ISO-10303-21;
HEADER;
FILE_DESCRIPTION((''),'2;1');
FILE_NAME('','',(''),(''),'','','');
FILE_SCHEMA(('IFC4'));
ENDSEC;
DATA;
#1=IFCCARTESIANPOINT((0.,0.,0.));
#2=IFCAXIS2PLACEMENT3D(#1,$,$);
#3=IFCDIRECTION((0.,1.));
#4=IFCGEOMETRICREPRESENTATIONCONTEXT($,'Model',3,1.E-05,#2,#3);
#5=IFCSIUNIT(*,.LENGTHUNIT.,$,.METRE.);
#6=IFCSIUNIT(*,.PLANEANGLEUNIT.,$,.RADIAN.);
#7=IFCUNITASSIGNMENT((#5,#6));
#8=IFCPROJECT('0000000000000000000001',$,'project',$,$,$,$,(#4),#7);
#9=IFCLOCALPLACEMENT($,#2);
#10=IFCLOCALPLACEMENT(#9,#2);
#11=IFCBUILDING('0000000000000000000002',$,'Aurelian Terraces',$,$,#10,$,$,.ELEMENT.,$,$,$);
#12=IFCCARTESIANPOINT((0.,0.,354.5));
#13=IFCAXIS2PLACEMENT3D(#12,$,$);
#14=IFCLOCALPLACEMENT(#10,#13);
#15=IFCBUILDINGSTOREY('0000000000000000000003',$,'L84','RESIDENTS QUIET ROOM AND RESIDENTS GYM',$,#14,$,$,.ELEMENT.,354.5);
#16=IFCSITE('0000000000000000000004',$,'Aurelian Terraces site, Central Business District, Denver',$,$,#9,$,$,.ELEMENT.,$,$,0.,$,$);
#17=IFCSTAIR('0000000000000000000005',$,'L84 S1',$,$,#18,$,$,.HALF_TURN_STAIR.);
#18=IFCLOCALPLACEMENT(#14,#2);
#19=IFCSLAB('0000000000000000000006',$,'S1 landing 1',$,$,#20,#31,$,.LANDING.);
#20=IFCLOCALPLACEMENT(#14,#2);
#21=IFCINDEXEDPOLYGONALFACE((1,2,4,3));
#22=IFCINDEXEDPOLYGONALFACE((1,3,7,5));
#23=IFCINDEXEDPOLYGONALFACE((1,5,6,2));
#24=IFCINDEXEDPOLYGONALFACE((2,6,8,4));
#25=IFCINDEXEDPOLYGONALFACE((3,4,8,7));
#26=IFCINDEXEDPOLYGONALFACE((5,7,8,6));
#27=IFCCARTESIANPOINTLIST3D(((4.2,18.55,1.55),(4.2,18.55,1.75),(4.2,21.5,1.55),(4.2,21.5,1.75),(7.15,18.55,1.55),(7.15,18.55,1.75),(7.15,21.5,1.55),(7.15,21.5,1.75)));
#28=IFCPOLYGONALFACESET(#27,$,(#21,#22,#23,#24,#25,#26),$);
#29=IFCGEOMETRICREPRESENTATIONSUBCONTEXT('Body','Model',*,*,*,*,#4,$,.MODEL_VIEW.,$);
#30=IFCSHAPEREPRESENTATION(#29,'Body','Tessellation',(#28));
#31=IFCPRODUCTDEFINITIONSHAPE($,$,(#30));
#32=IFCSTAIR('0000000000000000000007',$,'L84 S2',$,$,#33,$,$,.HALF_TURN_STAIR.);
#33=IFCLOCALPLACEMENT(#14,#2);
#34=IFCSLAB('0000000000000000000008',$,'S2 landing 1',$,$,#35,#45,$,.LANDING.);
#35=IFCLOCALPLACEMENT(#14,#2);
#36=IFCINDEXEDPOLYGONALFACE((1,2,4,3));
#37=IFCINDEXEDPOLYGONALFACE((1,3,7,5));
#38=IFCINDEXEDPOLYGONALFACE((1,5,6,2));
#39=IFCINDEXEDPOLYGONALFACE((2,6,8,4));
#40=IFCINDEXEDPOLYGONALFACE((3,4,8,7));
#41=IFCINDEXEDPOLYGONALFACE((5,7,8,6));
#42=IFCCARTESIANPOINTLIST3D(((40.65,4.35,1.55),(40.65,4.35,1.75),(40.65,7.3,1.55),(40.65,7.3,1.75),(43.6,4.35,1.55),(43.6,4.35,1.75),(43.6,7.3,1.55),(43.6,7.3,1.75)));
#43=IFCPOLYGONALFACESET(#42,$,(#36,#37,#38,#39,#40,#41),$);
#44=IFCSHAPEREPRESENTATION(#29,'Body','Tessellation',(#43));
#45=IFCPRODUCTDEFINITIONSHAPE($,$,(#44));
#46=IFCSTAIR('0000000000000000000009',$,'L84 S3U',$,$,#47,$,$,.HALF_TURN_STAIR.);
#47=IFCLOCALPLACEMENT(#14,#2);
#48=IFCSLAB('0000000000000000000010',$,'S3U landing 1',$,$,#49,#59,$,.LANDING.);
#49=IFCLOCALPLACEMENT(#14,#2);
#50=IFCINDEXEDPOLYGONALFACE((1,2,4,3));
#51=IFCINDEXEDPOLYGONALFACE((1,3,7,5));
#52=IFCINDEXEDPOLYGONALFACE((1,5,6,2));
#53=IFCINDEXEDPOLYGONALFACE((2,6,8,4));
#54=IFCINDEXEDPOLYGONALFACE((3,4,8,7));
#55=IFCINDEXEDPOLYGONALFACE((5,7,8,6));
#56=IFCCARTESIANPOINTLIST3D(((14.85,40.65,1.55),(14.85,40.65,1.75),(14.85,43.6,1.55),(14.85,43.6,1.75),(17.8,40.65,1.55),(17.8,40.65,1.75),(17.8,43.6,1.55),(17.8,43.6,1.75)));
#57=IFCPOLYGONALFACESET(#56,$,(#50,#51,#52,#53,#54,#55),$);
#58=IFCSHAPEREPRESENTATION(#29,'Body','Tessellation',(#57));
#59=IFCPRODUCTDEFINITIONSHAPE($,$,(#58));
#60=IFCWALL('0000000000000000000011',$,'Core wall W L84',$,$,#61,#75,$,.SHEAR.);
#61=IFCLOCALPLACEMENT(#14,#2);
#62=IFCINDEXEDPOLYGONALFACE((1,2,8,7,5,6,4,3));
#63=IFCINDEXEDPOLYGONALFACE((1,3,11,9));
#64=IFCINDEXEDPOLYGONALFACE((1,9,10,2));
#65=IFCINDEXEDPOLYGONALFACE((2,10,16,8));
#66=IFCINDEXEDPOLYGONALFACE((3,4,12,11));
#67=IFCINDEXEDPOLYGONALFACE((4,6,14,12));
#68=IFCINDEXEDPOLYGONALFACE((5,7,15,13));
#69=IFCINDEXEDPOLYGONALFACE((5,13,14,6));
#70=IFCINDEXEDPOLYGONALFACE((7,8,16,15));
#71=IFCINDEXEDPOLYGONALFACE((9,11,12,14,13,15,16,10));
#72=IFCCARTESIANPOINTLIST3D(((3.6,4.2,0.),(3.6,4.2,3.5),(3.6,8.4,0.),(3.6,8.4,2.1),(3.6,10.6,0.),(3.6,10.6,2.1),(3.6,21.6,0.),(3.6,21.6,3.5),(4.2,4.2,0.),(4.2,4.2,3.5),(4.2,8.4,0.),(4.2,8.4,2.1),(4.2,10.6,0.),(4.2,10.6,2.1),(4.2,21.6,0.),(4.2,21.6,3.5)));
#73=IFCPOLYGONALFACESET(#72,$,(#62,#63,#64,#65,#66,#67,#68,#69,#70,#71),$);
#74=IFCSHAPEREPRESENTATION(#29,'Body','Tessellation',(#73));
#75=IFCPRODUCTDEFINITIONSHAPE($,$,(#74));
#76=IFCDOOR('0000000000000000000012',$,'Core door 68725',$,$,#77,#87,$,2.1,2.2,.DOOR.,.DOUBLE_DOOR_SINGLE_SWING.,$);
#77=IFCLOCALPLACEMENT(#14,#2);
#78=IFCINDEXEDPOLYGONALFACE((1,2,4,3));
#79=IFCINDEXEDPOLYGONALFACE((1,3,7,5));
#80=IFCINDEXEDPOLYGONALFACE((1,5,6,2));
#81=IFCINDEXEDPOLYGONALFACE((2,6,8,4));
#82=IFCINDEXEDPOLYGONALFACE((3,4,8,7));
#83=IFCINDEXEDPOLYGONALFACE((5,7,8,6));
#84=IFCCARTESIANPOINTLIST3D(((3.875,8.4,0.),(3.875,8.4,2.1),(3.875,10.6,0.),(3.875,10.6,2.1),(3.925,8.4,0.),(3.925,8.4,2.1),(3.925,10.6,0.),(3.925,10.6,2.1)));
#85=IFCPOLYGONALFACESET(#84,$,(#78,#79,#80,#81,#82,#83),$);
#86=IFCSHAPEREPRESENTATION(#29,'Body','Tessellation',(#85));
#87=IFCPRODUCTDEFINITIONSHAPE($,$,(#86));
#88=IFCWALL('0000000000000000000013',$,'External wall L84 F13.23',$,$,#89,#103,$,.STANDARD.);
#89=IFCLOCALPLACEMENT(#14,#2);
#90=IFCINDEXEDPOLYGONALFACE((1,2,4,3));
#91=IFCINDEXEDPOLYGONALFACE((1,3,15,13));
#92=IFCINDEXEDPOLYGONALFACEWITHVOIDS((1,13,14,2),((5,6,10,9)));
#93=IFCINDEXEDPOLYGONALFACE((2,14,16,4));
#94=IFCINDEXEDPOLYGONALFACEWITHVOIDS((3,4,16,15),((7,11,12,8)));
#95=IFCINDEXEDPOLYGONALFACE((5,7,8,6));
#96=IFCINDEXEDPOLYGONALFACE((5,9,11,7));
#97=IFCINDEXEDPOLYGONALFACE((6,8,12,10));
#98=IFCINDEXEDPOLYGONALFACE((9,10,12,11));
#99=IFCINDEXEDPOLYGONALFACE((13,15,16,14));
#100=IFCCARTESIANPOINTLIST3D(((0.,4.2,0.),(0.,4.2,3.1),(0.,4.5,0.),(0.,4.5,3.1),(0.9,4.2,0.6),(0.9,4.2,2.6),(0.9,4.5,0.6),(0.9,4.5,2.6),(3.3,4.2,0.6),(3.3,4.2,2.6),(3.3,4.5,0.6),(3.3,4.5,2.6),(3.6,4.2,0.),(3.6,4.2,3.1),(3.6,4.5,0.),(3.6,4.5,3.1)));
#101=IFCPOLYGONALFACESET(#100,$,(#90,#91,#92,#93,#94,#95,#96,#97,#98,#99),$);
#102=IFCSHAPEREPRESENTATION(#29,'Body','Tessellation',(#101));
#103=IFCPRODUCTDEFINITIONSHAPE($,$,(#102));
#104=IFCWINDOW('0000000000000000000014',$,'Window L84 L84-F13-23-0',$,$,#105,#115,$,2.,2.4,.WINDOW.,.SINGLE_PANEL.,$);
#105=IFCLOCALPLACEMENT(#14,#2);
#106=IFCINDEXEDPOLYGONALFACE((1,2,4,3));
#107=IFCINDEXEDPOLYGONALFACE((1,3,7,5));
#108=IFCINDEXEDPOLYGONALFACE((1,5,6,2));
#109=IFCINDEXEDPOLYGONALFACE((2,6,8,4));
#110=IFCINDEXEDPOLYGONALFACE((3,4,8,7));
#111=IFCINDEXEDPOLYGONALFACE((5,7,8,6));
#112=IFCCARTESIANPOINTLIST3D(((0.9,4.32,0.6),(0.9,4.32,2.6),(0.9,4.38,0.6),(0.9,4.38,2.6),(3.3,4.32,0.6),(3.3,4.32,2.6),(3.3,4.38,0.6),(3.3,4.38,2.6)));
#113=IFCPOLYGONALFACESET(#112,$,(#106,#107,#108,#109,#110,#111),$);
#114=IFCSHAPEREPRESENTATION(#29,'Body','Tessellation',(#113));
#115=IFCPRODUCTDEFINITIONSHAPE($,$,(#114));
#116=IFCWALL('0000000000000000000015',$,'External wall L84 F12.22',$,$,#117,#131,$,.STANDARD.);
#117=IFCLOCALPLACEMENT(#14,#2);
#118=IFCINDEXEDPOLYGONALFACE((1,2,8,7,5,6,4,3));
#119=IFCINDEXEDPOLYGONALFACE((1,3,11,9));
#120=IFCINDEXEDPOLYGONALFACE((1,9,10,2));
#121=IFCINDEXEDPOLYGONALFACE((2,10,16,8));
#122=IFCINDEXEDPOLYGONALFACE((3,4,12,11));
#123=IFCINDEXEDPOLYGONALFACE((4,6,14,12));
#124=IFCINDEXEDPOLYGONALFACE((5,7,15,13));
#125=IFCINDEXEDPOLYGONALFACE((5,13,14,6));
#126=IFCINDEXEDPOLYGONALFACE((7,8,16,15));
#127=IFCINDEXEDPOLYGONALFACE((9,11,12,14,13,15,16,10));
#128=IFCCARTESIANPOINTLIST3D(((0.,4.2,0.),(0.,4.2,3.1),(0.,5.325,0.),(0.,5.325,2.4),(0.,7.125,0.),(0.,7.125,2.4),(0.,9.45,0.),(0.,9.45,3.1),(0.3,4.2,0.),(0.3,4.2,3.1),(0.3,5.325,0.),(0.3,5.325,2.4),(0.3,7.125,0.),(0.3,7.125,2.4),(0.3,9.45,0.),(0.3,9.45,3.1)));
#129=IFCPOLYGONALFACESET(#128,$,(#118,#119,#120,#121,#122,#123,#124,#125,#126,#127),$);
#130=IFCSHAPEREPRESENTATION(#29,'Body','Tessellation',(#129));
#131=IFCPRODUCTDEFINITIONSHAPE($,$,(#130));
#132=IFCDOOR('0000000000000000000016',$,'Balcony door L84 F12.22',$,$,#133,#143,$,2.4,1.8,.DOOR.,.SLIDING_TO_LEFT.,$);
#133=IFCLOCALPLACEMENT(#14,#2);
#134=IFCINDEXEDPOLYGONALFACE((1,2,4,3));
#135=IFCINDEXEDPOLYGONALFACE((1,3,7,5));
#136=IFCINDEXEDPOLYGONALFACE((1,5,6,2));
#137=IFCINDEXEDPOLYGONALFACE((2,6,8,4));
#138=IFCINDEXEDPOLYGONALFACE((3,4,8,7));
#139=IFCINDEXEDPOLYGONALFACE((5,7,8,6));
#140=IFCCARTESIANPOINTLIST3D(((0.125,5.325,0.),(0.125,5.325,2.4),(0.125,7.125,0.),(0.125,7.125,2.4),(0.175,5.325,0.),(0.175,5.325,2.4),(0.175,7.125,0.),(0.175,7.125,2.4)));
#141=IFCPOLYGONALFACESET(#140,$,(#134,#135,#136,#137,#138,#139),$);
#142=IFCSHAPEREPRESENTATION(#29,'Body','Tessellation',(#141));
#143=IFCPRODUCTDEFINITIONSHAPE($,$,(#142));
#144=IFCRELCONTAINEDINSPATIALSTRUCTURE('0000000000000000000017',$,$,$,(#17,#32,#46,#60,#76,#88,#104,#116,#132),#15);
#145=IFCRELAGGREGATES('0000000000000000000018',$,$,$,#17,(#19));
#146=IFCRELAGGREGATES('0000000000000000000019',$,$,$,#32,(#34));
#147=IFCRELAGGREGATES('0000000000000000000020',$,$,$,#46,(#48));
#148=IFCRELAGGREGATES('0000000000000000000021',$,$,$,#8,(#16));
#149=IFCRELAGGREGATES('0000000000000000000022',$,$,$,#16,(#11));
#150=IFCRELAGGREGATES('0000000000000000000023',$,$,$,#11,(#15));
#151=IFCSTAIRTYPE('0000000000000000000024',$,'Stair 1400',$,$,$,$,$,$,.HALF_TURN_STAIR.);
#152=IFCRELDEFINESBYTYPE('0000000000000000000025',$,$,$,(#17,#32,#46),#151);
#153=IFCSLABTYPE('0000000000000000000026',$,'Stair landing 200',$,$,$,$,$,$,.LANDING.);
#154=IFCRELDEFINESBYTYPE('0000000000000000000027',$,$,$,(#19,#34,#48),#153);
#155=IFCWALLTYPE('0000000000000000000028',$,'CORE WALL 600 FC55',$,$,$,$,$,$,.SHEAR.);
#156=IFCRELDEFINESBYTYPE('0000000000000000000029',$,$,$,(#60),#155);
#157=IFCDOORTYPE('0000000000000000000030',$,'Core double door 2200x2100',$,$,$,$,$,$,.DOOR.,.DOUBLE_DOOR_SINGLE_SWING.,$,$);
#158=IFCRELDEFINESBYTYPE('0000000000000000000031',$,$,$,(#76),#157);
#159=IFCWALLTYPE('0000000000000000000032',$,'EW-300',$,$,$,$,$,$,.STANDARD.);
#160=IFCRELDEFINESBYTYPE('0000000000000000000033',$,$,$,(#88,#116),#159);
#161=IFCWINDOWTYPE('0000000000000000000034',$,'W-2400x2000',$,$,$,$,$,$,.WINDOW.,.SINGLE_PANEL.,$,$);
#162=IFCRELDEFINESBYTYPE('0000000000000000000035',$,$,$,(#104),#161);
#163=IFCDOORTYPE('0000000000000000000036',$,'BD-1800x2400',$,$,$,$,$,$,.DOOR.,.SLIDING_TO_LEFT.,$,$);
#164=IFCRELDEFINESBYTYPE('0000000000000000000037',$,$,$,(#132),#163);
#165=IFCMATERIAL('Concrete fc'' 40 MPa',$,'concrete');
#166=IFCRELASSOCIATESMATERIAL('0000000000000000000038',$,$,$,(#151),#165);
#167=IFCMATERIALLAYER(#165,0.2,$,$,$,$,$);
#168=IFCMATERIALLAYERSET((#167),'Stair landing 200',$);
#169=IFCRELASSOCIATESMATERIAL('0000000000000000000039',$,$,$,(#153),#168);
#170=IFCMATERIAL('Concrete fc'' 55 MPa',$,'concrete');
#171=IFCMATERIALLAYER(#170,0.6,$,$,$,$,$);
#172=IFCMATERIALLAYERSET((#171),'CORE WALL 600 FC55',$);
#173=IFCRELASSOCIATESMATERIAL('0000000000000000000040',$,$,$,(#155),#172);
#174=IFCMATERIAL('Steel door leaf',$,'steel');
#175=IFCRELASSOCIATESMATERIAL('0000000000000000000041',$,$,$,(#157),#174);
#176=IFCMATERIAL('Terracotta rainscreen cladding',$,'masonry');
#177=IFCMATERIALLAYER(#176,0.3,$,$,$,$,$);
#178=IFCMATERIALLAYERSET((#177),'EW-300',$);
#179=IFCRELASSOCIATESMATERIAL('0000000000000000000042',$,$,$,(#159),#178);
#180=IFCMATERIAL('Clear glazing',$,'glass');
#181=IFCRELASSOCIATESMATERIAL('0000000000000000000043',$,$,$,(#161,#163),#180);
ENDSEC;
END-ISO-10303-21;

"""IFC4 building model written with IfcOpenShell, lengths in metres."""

from ifc_helpers import new_model, si_unit, direction, frame, frame_2d, origin, place, context, subcontext, project, spatial, polyline, rectangle, outline, extrude, source, transform, mapped, material, layer, layer_set, type_object, element, fill, aggregate, save


model = new_model("IFC4")

# Units and contexts
model_context = context("Model", 3, precision=1e-05, world=origin(), true_north=direction((0.0, 1.0)))
body_context = subcontext(model_context, "Body", "Model", "MODEL_VIEW")
ifc_project = project(units=[si_unit("LENGTHUNIT", "METRE"), si_unit("PLANEANGLEUNIT", "RADIAN")], contexts=[model_context])

# Site, building, storey
site_placement = place(None, origin())
site = spatial("IfcSite", under=ifc_project, at=site_placement, Name="Aurelian Terraces site, Central Business District, Denver", CompositionType="ELEMENT", RefElevation=0.0)
building_placement = place(site_placement, origin())
building = spatial("IfcBuilding", under=site, at=building_placement, Name="Aurelian Terraces", CompositionType="ELEMENT")
storey_placement = place(building_placement, frame((0.0, 0.0, 354.5)))
storey = spatial("IfcBuildingStorey", under=building, at=storey_placement, Name="L84", Description="RESIDENTS QUIET ROOM AND RESIDENTS GYM", CompositionType="ELEMENT", Elevation=354.5)

# Shared definitions
ifc_material_1 = material(Name="Concrete fc' 55 MPa", Category="concrete")

# Shared definitions
ifc_material_2 = material(Name="Concrete fc' 40 MPa", Category="concrete")

# Stairs, slabs
stair_type = type_object("IfcStairType", Name="Stair 1400", PredefinedType="HALF_TURN_STAIR", material=ifc_material_2)
stair_1_placement = place(storey_placement, origin())
stair_1 = element("IfcStair", 1, at=stair_1_placement, inside=storey, type_object=stair_type, Name="L84 S1", PredefinedType="HALF_TURN_STAIR")
ifc_layer_1 = layer(ifc_material_2, 0.2)
ifc_layer_set_1 = layer_set([ifc_layer_1], Name="Stair landing 200")
slab_type_1 = type_object("IfcSlabType", Name="Stair landing 200", PredefinedType="LANDING", material=ifc_layer_set_1)
shared_shape_1 = source(origin(), body_context, "Body", "SweptSolid", [
    extrude(outline(polyline([(7.15, 18.55), (7.15, 21.5), (4.2, 21.5), (4.2, 18.55), (7.15, 18.55)])), origin(), (0.0, 0.0, 1.0), 0.2),
])
slab_1_placement = place(storey_placement, frame((0.0, 0.0, 1.55)))
slab_1 = element("IfcSlab", 2, at=slab_1_placement, type_object=slab_type_1, Name="S1 landing 1", PredefinedType="LANDING", context=body_context, shape_type="MappedRepresentation", body=[
    mapped(shared_shape_1, transform((0.0, 0.0, 0.0), scale=1.0)),
])
aggregate(stair_1, [slab_1])
stair_2_placement = place(storey_placement, origin())
stair_2 = element("IfcStair", 3, at=stair_2_placement, inside=storey, type_object=stair_type, Name="L84 S2", PredefinedType="HALF_TURN_STAIR")
shared_shape_2 = source(origin(), body_context, "Body", "SweptSolid", [
    extrude(outline(polyline([(43.6, 4.35), (43.6, 7.3), (40.65, 7.3), (40.65, 4.35), (43.6, 4.35)])), origin(), (0.0, 0.0, 1.0), 0.2),
])
slab_2_placement = place(storey_placement, frame((0.0, 0.0, 1.55)))
slab_2 = element("IfcSlab", 4, at=slab_2_placement, type_object=slab_type_1, Name="S2 landing 1", PredefinedType="LANDING", context=body_context, shape_type="MappedRepresentation", body=[
    mapped(shared_shape_2, transform((0.0, 0.0, 0.0), scale=1.0)),
])
aggregate(stair_2, [slab_2])
stair_3_placement = place(storey_placement, origin())
stair_3 = element("IfcStair", 5, at=stair_3_placement, inside=storey, type_object=stair_type, Name="L84 S3U", PredefinedType="HALF_TURN_STAIR")
shared_shape_3 = source(origin(), body_context, "Body", "SweptSolid", [
    extrude(outline(polyline([(14.85, 40.65), (17.8, 40.65), (17.8, 43.6), (14.85, 43.6), (14.85, 40.65)])), origin(), (0.0, 0.0, 1.0), 0.2),
])
slab_3_placement = place(storey_placement, frame((0.0, 0.0, 1.55)))
slab_3 = element("IfcSlab", 6, at=slab_3_placement, type_object=slab_type_1, Name="S3U landing 1", PredefinedType="LANDING", context=body_context, shape_type="MappedRepresentation", body=[
    mapped(shared_shape_3, transform((0.0, 0.0, 0.0), scale=1.0)),
])
aggregate(stair_3, [slab_3])

# Wall, opening, door
ifc_layer_2 = layer(ifc_material_1, 0.6)
ifc_layer_set_2 = layer_set([ifc_layer_2], Name="CORE WALL 600 FC55")
wall_type_1 = type_object("IfcWallType", Name="CORE WALL 600 FC55", PredefinedType="SHEAR", material=ifc_layer_set_2)
shared_shape_4 = source(origin(), body_context, "Body", "SweptSolid", [
    extrude(rectangle(XDim=17.4, YDim=0.6, at=frame_2d((8.7, 0.0))), origin(), (0.0, 0.0, 1.0), 3.5),
])
wall_1_placement = place(storey_placement, frame((3.9, 4.2, 0.0), z_axis=(0.0, 0.0, 1.0), x_axis=(0.0, 1.0, 0.0)))
wall_1 = element("IfcWall", 7, at=wall_1_placement, inside=storey, type_object=wall_type_1, Name="Core wall W L84", PredefinedType="SHEAR", context=body_context, shape_type="MappedRepresentation", body=[
    mapped(shared_shape_4, transform((0.0, 0.0, 0.0), scale=1.0)),
])
shared_shape_5 = source(origin(), body_context, "Body", "SweptSolid", [
    extrude(rectangle(XDim=2.2, YDim=2.1, at=frame_2d((1.1, 1.05))), frame((0.0, 0.31, 0.0), z_axis=(0.0, -1.0, 0.0), x_axis=(1.0, 0.0, 0.0)), (0.0, 0.0, 1.0), 0.62),
])
opening_1_placement = place(wall_1_placement, frame((4.2, 0.0, 0.0)))
opening_1 = element("IfcOpeningElement", 8, at=opening_1_placement, cuts=wall_1, PredefinedType="OPENING", context=body_context, shape_type="MappedRepresentation", body=[
    mapped(shared_shape_5, transform((0.0, 0.0, 0.0), scale=1.0)),
])
ifc_material_3 = material(Name="Steel door leaf", Category="steel")
door_type_1 = type_object("IfcDoorType", Name="Core double door 2200x2100", OperationType="DOUBLE_DOOR_SINGLE_SWING", PredefinedType="DOOR", material=ifc_material_3)
shared_shape_6 = source(origin(), body_context, "Body", "SweptSolid", [
    extrude(rectangle(XDim=2.2, YDim=2.1, at=frame_2d((1.1, 1.05))), frame((0.0, 0.025, 0.0), z_axis=(0.0, -1.0, 0.0), x_axis=(1.0, 0.0, 0.0)), (0.0, 0.0, 1.0), 0.05),
])
door_1_placement = place(opening_1_placement, origin())
door_1 = element("IfcDoor", 9, at=door_1_placement, inside=storey, type_object=door_type_1, Name="Core door 68725", OperationType="DOUBLE_DOOR_SINGLE_SWING", OverallHeight=2.1, OverallWidth=2.2, PredefinedType="DOOR", context=body_context, shape_type="MappedRepresentation", body=[
    mapped(shared_shape_6, transform((0.0, 0.0, 0.0), scale=1.0)),
])
fill(opening_1, door_1)

# Wall, opening, window
ifc_material_4 = material(Name="Terracotta rainscreen cladding", Category="masonry")
ifc_layer_3 = layer(ifc_material_4, 0.3)
ifc_layer_set_3 = layer_set([ifc_layer_3], Name="EW-300")
wall_type_2 = type_object("IfcWallType", Name="EW-300", PredefinedType="STANDARD", material=ifc_layer_set_3)
shared_shape_7 = source(origin(), body_context, "Body", "SweptSolid", [
    extrude(rectangle(XDim=3.6, YDim=0.3, at=frame_2d((1.8, 0.0))), origin(), (0.0, 0.0, 1.0), 3.1),
])
wall_2_placement = place(storey_placement, frame((0.0, 4.35, 0.0), z_axis=(0.0, 0.0, 1.0), x_axis=(1.0, 0.0, 0.0)))
wall_2 = element("IfcWall", 10, at=wall_2_placement, inside=storey, type_object=wall_type_2, Name="External wall L84 F13.23", PredefinedType="STANDARD", context=body_context, shape_type="MappedRepresentation", body=[
    mapped(shared_shape_7, transform((0.0, 0.0, 0.0), scale=1.0)),
])
shared_shape_8 = source(origin(), body_context, "Body", "SweptSolid", [
    extrude(rectangle(XDim=2.4, YDim=2.0, at=frame_2d((1.2, 1.0))), frame((0.0, 0.16, 0.0), z_axis=(0.0, -1.0, 0.0), x_axis=(1.0, 0.0, 0.0)), (0.0, 0.0, 1.0), 0.32),
])
opening_2_placement = place(wall_2_placement, frame((0.9, 0.0, 0.6)))
opening_2 = element("IfcOpeningElement", 11, at=opening_2_placement, cuts=wall_2, PredefinedType="OPENING", context=body_context, shape_type="MappedRepresentation", body=[
    mapped(shared_shape_8, transform((0.0, 0.0, 0.0), scale=1.0)),
])
ifc_material_5 = material(Name="Clear glazing", Category="glass")
window_type_1 = type_object("IfcWindowType", Name="W-2400x2000", PartitioningType="SINGLE_PANEL", PredefinedType="WINDOW", material=ifc_material_5)
shared_shape_9 = source(origin(), body_context, "Body", "SweptSolid", [
    extrude(rectangle(XDim=2.4, YDim=2.0, at=frame_2d((1.2, 1.0))), frame((0.0, 0.03, 0.0), z_axis=(0.0, -1.0, 0.0), x_axis=(1.0, 0.0, 0.0)), (0.0, 0.0, 1.0), 0.06),
])
window_1_placement = place(opening_2_placement, origin())
window_1 = element("IfcWindow", 12, at=window_1_placement, inside=storey, type_object=window_type_1, Name="Window L84 L84-F13-23-0", OverallHeight=2.0, OverallWidth=2.4, PartitioningType="SINGLE_PANEL", PredefinedType="WINDOW", context=body_context, shape_type="MappedRepresentation", body=[
    mapped(shared_shape_9, transform((0.0, 0.0, 0.0), scale=1.0)),
])
fill(opening_2, window_1)

# Wall, opening, door
shared_shape_10 = source(origin(), body_context, "Body", "SweptSolid", [
    extrude(rectangle(XDim=5.25, YDim=0.3, at=frame_2d((2.625, 0.0))), origin(), (0.0, 0.0, 1.0), 3.1),
])
wall_3_placement = place(storey_placement, frame((0.15, 9.45, 0.0), z_axis=(0.0, 0.0, 1.0), x_axis=(0.0, -1.0, 0.0)))
wall_3 = element("IfcWall", 13, at=wall_3_placement, inside=storey, type_object=wall_type_2, Name="External wall L84 F12.22", PredefinedType="STANDARD", context=body_context, shape_type="MappedRepresentation", body=[
    mapped(shared_shape_10, transform((0.0, 0.0, 0.0), scale=1.0)),
])
shared_shape_11 = source(origin(), body_context, "Body", "SweptSolid", [
    extrude(rectangle(XDim=1.8, YDim=2.4, at=frame_2d((0.9, 1.2))), frame((0.0, 0.16, 0.0), z_axis=(0.0, -1.0, 0.0), x_axis=(1.0, 0.0, 0.0)), (0.0, 0.0, 1.0), 0.32),
])
opening_3_placement = place(wall_3_placement, frame((2.325, 0.0, 0.0)))
opening_3 = element("IfcOpeningElement", 14, at=opening_3_placement, cuts=wall_3, PredefinedType="OPENING", context=body_context, shape_type="MappedRepresentation", body=[
    mapped(shared_shape_11, transform((0.0, 0.0, 0.0), scale=1.0)),
])
door_type_2 = type_object("IfcDoorType", Name="BD-1800x2400", OperationType="SLIDING_TO_LEFT", PredefinedType="DOOR", material=ifc_material_5)
shared_shape_12 = source(origin(), body_context, "Body", "SweptSolid", [
    extrude(rectangle(XDim=1.8, YDim=2.4, at=frame_2d((0.9, 1.2))), frame((0.0, 0.025, 0.0), z_axis=(0.0, -1.0, 0.0), x_axis=(1.0, 0.0, 0.0)), (0.0, 0.0, 1.0), 0.05),
])
door_2_placement = place(opening_3_placement, origin())
door_2 = element("IfcDoor", 15, at=door_2_placement, inside=storey, type_object=door_type_2, Name="Balcony door L84 F12.22", OperationType="SLIDING_TO_LEFT", OverallHeight=2.4, OverallWidth=1.8, PredefinedType="DOOR", context=body_context, shape_type="MappedRepresentation", body=[
    mapped(shared_shape_12, transform((0.0, 0.0, 0.0), scale=1.0)),
])
fill(opening_3, door_2)

save(model, "model.ifc")
